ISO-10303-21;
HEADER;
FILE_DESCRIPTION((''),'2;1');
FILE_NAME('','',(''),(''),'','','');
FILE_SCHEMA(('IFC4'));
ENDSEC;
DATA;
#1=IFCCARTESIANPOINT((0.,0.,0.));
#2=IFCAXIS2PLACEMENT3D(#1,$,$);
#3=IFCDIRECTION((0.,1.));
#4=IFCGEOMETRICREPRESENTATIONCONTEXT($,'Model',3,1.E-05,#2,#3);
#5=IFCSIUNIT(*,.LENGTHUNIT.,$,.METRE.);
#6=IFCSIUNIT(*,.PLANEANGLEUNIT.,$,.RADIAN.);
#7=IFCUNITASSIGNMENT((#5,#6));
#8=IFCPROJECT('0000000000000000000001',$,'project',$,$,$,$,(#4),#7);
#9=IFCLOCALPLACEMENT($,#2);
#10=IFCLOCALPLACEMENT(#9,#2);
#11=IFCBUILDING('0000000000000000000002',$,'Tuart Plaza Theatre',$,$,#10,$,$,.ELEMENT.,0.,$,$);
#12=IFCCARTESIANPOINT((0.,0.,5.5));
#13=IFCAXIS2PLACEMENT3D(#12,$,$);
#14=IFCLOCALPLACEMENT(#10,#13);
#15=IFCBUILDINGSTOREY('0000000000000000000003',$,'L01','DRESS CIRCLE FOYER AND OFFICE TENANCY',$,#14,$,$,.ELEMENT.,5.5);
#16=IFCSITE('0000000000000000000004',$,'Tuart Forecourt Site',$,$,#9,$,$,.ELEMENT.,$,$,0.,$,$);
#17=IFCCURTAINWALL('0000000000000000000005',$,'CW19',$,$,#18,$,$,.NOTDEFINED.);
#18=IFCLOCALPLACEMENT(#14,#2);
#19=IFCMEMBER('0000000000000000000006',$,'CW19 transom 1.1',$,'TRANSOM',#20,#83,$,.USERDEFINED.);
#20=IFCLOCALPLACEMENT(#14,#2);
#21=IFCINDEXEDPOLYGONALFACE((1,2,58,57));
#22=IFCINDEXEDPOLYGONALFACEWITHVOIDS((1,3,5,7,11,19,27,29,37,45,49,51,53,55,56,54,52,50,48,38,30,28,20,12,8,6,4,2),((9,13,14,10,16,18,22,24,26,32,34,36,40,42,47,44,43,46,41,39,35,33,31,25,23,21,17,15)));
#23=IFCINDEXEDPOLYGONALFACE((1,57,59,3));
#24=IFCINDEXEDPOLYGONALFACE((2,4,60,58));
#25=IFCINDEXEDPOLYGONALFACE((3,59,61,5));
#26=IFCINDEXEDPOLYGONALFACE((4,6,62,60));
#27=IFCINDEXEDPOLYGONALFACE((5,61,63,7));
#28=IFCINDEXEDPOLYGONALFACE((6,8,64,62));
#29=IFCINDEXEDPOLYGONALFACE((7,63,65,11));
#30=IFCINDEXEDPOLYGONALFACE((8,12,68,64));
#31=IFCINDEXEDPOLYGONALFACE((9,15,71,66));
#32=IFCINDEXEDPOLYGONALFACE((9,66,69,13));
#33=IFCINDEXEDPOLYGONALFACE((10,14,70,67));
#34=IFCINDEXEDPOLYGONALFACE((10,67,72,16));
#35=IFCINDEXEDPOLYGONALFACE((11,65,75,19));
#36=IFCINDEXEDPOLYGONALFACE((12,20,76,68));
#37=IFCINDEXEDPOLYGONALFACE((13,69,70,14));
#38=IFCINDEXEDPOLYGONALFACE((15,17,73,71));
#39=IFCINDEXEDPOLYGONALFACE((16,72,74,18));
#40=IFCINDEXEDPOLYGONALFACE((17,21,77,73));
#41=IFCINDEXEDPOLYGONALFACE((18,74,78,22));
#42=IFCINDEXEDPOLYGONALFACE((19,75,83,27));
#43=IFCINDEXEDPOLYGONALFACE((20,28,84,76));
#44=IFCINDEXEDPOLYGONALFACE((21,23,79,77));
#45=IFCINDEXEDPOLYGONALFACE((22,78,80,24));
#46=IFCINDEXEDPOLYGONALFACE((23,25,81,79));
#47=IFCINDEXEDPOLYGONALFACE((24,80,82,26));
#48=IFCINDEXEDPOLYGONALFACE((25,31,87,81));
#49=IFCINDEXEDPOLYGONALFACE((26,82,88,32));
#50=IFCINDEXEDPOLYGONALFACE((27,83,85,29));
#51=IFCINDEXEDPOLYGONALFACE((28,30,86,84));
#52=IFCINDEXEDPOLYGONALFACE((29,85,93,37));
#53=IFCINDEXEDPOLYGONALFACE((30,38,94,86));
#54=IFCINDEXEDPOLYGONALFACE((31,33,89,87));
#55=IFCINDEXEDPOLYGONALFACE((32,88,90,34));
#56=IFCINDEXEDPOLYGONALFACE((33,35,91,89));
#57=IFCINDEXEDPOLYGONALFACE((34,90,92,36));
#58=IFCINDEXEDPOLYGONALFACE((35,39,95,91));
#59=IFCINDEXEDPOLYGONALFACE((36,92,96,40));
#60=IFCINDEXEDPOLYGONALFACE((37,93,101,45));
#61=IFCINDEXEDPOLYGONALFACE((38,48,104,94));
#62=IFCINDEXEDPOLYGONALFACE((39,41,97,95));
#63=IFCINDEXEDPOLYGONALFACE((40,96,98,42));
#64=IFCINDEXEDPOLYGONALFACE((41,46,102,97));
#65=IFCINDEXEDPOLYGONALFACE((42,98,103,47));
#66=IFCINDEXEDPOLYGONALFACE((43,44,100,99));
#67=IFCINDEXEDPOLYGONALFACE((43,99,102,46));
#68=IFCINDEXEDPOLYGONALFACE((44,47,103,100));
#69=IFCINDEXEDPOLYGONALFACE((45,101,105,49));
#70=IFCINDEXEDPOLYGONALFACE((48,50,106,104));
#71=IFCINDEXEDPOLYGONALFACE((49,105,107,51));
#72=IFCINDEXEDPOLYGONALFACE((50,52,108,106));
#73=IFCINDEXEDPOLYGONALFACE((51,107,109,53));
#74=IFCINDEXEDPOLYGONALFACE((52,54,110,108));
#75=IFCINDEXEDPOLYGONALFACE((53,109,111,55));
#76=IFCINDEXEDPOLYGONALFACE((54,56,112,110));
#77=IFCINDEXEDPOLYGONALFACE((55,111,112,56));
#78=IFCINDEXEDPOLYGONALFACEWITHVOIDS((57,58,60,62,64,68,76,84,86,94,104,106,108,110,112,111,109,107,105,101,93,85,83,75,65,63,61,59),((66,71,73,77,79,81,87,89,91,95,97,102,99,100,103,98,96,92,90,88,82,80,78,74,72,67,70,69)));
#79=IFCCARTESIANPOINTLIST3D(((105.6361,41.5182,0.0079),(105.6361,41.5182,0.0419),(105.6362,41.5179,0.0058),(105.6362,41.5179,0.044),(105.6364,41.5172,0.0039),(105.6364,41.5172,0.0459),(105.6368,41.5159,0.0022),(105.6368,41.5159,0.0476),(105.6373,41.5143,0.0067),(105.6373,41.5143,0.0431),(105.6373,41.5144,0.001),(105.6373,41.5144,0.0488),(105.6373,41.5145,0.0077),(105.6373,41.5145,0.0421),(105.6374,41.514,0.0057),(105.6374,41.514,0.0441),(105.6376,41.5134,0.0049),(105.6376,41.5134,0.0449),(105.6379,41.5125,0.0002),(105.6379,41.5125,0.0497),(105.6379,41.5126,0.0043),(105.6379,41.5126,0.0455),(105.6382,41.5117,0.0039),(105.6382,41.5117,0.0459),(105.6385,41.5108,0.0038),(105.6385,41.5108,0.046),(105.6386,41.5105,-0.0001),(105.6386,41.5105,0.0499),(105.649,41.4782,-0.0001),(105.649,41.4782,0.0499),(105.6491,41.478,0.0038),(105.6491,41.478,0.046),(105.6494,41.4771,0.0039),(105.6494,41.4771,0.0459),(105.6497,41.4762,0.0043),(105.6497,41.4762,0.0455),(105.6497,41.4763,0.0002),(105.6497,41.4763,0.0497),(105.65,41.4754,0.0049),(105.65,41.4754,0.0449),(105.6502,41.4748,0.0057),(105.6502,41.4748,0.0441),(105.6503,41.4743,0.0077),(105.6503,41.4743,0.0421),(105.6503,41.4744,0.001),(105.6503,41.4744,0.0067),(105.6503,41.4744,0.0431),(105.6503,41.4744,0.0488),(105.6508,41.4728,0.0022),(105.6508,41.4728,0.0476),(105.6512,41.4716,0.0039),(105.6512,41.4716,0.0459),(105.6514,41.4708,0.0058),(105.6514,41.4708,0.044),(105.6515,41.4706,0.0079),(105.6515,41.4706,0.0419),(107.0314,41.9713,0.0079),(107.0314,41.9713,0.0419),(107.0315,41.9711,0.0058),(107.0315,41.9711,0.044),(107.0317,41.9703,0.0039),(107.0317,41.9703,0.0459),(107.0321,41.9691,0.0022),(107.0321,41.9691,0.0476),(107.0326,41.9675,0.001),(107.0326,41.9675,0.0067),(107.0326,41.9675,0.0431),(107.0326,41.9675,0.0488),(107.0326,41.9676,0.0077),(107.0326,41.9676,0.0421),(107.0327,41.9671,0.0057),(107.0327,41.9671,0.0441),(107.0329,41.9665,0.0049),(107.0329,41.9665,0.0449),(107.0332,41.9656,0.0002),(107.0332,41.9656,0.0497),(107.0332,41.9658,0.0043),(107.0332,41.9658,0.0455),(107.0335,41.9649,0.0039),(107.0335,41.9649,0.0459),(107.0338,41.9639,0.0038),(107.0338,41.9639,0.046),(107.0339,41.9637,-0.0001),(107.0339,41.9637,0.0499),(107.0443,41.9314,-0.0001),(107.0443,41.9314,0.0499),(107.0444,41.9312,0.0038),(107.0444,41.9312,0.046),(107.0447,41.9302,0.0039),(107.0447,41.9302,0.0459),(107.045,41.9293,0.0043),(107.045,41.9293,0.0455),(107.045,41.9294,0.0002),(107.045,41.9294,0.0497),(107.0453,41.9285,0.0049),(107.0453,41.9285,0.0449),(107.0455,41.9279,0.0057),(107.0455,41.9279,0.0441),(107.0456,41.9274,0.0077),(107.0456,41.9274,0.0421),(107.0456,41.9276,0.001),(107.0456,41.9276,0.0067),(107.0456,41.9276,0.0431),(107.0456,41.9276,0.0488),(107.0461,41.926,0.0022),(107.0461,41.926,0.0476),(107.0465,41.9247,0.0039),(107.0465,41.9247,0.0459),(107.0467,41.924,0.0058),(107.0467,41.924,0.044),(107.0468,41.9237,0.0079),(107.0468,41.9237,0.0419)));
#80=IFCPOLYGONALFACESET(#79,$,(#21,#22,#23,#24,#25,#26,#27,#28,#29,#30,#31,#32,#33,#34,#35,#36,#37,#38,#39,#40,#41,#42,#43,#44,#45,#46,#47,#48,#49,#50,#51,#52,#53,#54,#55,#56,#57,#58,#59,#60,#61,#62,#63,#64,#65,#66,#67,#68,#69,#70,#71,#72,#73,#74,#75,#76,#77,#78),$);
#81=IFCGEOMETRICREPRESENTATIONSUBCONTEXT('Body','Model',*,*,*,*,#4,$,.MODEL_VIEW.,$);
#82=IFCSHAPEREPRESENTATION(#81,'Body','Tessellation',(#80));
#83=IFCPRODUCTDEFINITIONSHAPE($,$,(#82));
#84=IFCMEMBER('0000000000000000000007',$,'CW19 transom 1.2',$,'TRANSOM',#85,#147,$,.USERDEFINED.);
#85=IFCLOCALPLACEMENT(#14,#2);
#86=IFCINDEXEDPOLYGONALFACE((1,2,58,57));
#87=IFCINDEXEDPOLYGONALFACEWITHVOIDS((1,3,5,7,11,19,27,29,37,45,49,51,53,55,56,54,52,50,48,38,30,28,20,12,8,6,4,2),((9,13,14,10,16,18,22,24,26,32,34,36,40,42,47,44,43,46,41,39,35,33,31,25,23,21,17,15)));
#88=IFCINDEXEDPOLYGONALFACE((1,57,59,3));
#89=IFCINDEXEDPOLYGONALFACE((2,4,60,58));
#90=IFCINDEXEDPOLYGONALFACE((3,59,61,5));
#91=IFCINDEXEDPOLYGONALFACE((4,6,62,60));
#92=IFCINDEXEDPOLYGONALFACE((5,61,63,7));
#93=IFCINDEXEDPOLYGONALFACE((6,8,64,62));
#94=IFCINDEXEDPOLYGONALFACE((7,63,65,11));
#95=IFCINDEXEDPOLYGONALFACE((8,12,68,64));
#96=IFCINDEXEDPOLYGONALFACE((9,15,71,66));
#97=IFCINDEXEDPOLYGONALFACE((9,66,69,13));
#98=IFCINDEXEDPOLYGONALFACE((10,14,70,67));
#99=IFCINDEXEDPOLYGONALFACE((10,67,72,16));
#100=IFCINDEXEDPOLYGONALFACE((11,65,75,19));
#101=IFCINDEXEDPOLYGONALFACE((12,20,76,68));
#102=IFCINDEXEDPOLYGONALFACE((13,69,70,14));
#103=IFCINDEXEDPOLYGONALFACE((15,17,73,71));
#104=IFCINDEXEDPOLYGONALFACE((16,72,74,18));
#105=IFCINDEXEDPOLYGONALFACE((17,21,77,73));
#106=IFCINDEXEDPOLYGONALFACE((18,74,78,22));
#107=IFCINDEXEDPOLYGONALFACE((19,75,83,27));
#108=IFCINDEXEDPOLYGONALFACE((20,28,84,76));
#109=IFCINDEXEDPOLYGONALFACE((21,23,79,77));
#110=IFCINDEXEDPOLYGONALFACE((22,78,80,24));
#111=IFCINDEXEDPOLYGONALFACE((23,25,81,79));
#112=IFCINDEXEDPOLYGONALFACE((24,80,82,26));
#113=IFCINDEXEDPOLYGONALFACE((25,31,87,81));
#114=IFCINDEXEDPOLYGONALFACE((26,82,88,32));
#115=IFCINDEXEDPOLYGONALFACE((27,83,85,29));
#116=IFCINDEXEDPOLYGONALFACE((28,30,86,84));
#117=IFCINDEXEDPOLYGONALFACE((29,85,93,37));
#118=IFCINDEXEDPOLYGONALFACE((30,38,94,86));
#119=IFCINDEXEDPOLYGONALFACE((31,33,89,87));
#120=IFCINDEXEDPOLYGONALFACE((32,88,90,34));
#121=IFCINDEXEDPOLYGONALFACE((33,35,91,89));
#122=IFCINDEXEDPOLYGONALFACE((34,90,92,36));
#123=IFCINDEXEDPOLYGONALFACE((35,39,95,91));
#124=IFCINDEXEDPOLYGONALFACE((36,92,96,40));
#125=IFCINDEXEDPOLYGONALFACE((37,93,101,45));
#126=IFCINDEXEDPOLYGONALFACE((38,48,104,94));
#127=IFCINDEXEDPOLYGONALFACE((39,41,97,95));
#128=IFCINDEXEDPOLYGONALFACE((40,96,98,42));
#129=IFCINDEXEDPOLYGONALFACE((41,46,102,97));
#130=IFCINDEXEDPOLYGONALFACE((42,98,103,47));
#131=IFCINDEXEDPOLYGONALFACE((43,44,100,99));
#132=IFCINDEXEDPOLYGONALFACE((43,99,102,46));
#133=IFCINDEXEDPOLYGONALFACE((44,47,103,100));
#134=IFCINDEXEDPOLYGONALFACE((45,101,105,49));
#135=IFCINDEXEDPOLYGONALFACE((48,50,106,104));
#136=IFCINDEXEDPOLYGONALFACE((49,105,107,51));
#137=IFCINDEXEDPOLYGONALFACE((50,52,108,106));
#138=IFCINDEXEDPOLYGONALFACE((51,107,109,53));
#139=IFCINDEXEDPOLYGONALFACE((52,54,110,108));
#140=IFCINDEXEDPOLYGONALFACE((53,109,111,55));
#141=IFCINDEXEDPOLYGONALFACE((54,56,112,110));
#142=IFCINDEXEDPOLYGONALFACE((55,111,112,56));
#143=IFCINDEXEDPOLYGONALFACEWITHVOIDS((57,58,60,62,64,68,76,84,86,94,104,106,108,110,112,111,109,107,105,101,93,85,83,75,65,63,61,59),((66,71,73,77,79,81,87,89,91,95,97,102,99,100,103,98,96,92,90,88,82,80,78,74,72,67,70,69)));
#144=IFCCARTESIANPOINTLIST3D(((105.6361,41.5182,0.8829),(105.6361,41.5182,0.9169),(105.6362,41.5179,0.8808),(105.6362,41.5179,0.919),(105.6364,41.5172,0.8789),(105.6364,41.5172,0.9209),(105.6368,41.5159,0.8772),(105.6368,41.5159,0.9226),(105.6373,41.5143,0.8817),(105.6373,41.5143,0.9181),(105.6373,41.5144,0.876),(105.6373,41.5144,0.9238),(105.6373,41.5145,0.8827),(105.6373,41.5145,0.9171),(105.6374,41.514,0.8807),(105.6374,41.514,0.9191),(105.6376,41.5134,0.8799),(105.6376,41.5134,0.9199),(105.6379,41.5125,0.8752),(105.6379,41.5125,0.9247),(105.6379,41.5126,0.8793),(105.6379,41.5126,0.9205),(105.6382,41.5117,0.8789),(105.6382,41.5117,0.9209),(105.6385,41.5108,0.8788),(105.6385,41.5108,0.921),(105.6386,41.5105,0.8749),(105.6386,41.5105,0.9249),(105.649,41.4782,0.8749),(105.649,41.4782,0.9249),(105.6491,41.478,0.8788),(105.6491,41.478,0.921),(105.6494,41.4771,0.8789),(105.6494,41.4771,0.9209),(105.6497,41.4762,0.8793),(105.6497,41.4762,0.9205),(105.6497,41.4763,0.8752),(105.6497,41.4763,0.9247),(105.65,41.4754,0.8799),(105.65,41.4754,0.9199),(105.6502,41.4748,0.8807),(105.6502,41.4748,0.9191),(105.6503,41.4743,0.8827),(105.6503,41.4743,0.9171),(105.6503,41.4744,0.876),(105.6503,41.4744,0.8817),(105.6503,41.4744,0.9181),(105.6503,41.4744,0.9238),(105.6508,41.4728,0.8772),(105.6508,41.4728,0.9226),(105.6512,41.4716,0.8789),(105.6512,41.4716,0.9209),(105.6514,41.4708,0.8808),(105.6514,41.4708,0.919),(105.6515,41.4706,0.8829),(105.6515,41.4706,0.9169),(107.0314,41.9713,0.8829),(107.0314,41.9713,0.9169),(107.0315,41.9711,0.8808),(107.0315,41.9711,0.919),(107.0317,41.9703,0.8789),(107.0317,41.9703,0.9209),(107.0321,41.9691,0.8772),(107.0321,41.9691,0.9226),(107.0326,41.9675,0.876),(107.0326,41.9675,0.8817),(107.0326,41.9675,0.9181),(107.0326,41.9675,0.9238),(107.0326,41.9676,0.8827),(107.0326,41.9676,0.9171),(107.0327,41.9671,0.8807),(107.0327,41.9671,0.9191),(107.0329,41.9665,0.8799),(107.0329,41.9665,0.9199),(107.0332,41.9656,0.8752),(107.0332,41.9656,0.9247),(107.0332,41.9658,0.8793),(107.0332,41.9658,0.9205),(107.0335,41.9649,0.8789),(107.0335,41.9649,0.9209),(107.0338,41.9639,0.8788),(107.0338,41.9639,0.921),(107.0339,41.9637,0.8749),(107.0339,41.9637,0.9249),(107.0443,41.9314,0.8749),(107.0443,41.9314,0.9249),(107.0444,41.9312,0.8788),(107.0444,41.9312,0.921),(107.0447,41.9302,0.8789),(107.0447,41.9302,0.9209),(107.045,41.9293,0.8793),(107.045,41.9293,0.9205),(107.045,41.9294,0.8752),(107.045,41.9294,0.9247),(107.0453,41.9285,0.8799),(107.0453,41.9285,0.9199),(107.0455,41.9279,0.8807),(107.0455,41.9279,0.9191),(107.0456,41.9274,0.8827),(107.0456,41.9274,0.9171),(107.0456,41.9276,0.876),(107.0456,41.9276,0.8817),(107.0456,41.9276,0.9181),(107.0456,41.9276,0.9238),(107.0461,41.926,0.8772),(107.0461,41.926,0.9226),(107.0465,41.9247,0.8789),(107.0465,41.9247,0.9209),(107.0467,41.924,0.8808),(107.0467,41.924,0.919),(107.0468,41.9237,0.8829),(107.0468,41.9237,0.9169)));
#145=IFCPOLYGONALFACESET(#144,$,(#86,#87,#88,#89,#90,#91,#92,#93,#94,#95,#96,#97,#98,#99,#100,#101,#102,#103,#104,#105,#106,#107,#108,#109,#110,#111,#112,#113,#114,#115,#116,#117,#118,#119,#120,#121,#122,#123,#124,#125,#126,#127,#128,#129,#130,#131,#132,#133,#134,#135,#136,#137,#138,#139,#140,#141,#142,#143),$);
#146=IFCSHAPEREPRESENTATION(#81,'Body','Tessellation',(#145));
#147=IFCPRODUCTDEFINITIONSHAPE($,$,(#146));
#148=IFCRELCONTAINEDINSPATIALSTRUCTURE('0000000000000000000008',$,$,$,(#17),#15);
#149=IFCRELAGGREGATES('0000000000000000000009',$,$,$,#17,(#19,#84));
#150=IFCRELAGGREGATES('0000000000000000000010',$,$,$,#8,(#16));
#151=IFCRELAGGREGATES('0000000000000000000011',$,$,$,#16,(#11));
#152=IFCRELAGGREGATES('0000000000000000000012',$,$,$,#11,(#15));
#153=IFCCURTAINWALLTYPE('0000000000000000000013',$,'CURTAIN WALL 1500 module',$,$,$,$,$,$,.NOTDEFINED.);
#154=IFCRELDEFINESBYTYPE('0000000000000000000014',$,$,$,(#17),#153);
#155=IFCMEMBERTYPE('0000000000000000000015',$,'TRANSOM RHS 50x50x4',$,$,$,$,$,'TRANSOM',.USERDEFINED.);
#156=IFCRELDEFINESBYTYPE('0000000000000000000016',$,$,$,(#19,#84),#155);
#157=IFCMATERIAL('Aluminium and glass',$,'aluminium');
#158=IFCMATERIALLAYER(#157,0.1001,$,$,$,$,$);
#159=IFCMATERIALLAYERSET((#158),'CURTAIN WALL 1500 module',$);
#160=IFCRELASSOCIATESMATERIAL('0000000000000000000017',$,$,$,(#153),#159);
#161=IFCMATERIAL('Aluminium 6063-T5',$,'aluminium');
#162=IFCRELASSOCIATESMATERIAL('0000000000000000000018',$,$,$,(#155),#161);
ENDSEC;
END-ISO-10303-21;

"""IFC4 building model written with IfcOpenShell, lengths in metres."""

from ifc_helpers import new_model, si_unit, direction, frame, origin, origin_2d, place, context, subcontext, project, spatial, hollow_rectangle, extrude, material, layer, layer_set, material_profile, profile_set, type_object, element, aggregate, save


model = new_model("IFC4")

# Units and contexts
model_context = context("Model", 3, precision=1e-05, world=origin(), true_north=direction((0.0, 1.0)))
body_context = subcontext(model_context, "Body", "Model", "MODEL_VIEW")
ifc_project = project(units=[si_unit("LENGTHUNIT", "METRE"), si_unit("PLANEANGLEUNIT", "RADIAN")], contexts=[model_context])

# Site, building, storey
site_placement = place(None, origin())
site = spatial("IfcSite", under=ifc_project, at=site_placement, Name="Tuart Forecourt Site", CompositionType="ELEMENT", RefElevation=0.0)
building_placement = place(site_placement, origin())
building = spatial("IfcBuilding", under=site, at=building_placement, Name="Tuart Plaza Theatre", CompositionType="ELEMENT", ElevationOfRefHeight=0.0)
storey_placement = place(building_placement, frame((0.0, 0.0, 5.5)))
storey = spatial("IfcBuildingStorey", under=building, at=storey_placement, Name="L01", Description="DRESS CIRCLE FOYER AND OFFICE TENANCY", CompositionType="ELEMENT", Elevation=5.5)

# Shared definitions
ifc_material_1 = material(Name="Aluminium and glass", Category="aluminium")
ifc_layer_1 = layer(ifc_material_1, 0.1001)
ifc_layer_set_1 = layer_set([ifc_layer_1], Name="CURTAIN WALL 1500 module")
curtain_wall_type = type_object("IfcCurtainWallType", Name="CURTAIN WALL 1500 module", PredefinedType="NOTDEFINED", material=ifc_layer_set_1)

# Curtain wall
curtain_wall_1_placement = place(storey_placement, origin())
curtain_wall_1 = element("IfcCurtainWall", 1, at=curtain_wall_1_placement, inside=storey, type_object=curtain_wall_type, Name="CW19", PredefinedType="NOTDEFINED")

# Members
ifc_material_2 = material(Name="Aluminium 6063-T5", Category="aluminium")
ifc_material_profile_1 = material_profile(ifc_material_2, hollow_rectangle(XDim=0.05, YDim=0.05, WallThickness=0.0039, InnerFilletRadius=0.0039, OuterFilletRadius=0.0081, at=origin_2d()), Name="RHS 50x50x4")
ifc_profile_set_1 = profile_set([ifc_material_profile_1], Name="Aluminium 6063-T5")
member_type_1 = type_object("IfcMemberType", Name="TRANSOM RHS 50x50x4", ElementType="TRANSOM", PredefinedType="USERDEFINED", material=ifc_profile_set_1)
member_1_placement = place(storey_placement, frame((105.6438, 41.4944, 0.0249), z_axis=(0.951101, 0.308879, 0.0), x_axis=(-0.308879, 0.951101, 0.0)))
member_1 = element("IfcMember", 2, at=member_1_placement, type_object=member_type_1, Name="CW19 transom 1.1", ObjectType="TRANSOM", PredefinedType="USERDEFINED", context=body_context, shape_type="SweptSolid", body=[
    extrude(hollow_rectangle(XDim=0.05, YDim=0.05, WallThickness=0.0039, InnerFilletRadius=0.0039, OuterFilletRadius=0.0081, at=origin_2d()), origin(), (0.0, 0.0, 1.0), 1.467),
])
member_2_placement = place(storey_placement, frame((105.6438, 41.4944, 0.8999), z_axis=(0.951101, 0.308879, 0.0), x_axis=(-0.308879, 0.951101, 0.0)))
member_2 = element("IfcMember", 3, at=member_2_placement, type_object=member_type_1, Name="CW19 transom 1.2", ObjectType="TRANSOM", PredefinedType="USERDEFINED", context=body_context, shape_type="SweptSolid", body=[
    extrude(hollow_rectangle(XDim=0.05, YDim=0.05, WallThickness=0.0039, InnerFilletRadius=0.0039, OuterFilletRadius=0.0081, at=origin_2d()), origin(), (0.0, 0.0, 1.0), 1.467),
])

aggregate(curtain_wall_1, [member_1, member_2])

save(model, "model.ifc")
